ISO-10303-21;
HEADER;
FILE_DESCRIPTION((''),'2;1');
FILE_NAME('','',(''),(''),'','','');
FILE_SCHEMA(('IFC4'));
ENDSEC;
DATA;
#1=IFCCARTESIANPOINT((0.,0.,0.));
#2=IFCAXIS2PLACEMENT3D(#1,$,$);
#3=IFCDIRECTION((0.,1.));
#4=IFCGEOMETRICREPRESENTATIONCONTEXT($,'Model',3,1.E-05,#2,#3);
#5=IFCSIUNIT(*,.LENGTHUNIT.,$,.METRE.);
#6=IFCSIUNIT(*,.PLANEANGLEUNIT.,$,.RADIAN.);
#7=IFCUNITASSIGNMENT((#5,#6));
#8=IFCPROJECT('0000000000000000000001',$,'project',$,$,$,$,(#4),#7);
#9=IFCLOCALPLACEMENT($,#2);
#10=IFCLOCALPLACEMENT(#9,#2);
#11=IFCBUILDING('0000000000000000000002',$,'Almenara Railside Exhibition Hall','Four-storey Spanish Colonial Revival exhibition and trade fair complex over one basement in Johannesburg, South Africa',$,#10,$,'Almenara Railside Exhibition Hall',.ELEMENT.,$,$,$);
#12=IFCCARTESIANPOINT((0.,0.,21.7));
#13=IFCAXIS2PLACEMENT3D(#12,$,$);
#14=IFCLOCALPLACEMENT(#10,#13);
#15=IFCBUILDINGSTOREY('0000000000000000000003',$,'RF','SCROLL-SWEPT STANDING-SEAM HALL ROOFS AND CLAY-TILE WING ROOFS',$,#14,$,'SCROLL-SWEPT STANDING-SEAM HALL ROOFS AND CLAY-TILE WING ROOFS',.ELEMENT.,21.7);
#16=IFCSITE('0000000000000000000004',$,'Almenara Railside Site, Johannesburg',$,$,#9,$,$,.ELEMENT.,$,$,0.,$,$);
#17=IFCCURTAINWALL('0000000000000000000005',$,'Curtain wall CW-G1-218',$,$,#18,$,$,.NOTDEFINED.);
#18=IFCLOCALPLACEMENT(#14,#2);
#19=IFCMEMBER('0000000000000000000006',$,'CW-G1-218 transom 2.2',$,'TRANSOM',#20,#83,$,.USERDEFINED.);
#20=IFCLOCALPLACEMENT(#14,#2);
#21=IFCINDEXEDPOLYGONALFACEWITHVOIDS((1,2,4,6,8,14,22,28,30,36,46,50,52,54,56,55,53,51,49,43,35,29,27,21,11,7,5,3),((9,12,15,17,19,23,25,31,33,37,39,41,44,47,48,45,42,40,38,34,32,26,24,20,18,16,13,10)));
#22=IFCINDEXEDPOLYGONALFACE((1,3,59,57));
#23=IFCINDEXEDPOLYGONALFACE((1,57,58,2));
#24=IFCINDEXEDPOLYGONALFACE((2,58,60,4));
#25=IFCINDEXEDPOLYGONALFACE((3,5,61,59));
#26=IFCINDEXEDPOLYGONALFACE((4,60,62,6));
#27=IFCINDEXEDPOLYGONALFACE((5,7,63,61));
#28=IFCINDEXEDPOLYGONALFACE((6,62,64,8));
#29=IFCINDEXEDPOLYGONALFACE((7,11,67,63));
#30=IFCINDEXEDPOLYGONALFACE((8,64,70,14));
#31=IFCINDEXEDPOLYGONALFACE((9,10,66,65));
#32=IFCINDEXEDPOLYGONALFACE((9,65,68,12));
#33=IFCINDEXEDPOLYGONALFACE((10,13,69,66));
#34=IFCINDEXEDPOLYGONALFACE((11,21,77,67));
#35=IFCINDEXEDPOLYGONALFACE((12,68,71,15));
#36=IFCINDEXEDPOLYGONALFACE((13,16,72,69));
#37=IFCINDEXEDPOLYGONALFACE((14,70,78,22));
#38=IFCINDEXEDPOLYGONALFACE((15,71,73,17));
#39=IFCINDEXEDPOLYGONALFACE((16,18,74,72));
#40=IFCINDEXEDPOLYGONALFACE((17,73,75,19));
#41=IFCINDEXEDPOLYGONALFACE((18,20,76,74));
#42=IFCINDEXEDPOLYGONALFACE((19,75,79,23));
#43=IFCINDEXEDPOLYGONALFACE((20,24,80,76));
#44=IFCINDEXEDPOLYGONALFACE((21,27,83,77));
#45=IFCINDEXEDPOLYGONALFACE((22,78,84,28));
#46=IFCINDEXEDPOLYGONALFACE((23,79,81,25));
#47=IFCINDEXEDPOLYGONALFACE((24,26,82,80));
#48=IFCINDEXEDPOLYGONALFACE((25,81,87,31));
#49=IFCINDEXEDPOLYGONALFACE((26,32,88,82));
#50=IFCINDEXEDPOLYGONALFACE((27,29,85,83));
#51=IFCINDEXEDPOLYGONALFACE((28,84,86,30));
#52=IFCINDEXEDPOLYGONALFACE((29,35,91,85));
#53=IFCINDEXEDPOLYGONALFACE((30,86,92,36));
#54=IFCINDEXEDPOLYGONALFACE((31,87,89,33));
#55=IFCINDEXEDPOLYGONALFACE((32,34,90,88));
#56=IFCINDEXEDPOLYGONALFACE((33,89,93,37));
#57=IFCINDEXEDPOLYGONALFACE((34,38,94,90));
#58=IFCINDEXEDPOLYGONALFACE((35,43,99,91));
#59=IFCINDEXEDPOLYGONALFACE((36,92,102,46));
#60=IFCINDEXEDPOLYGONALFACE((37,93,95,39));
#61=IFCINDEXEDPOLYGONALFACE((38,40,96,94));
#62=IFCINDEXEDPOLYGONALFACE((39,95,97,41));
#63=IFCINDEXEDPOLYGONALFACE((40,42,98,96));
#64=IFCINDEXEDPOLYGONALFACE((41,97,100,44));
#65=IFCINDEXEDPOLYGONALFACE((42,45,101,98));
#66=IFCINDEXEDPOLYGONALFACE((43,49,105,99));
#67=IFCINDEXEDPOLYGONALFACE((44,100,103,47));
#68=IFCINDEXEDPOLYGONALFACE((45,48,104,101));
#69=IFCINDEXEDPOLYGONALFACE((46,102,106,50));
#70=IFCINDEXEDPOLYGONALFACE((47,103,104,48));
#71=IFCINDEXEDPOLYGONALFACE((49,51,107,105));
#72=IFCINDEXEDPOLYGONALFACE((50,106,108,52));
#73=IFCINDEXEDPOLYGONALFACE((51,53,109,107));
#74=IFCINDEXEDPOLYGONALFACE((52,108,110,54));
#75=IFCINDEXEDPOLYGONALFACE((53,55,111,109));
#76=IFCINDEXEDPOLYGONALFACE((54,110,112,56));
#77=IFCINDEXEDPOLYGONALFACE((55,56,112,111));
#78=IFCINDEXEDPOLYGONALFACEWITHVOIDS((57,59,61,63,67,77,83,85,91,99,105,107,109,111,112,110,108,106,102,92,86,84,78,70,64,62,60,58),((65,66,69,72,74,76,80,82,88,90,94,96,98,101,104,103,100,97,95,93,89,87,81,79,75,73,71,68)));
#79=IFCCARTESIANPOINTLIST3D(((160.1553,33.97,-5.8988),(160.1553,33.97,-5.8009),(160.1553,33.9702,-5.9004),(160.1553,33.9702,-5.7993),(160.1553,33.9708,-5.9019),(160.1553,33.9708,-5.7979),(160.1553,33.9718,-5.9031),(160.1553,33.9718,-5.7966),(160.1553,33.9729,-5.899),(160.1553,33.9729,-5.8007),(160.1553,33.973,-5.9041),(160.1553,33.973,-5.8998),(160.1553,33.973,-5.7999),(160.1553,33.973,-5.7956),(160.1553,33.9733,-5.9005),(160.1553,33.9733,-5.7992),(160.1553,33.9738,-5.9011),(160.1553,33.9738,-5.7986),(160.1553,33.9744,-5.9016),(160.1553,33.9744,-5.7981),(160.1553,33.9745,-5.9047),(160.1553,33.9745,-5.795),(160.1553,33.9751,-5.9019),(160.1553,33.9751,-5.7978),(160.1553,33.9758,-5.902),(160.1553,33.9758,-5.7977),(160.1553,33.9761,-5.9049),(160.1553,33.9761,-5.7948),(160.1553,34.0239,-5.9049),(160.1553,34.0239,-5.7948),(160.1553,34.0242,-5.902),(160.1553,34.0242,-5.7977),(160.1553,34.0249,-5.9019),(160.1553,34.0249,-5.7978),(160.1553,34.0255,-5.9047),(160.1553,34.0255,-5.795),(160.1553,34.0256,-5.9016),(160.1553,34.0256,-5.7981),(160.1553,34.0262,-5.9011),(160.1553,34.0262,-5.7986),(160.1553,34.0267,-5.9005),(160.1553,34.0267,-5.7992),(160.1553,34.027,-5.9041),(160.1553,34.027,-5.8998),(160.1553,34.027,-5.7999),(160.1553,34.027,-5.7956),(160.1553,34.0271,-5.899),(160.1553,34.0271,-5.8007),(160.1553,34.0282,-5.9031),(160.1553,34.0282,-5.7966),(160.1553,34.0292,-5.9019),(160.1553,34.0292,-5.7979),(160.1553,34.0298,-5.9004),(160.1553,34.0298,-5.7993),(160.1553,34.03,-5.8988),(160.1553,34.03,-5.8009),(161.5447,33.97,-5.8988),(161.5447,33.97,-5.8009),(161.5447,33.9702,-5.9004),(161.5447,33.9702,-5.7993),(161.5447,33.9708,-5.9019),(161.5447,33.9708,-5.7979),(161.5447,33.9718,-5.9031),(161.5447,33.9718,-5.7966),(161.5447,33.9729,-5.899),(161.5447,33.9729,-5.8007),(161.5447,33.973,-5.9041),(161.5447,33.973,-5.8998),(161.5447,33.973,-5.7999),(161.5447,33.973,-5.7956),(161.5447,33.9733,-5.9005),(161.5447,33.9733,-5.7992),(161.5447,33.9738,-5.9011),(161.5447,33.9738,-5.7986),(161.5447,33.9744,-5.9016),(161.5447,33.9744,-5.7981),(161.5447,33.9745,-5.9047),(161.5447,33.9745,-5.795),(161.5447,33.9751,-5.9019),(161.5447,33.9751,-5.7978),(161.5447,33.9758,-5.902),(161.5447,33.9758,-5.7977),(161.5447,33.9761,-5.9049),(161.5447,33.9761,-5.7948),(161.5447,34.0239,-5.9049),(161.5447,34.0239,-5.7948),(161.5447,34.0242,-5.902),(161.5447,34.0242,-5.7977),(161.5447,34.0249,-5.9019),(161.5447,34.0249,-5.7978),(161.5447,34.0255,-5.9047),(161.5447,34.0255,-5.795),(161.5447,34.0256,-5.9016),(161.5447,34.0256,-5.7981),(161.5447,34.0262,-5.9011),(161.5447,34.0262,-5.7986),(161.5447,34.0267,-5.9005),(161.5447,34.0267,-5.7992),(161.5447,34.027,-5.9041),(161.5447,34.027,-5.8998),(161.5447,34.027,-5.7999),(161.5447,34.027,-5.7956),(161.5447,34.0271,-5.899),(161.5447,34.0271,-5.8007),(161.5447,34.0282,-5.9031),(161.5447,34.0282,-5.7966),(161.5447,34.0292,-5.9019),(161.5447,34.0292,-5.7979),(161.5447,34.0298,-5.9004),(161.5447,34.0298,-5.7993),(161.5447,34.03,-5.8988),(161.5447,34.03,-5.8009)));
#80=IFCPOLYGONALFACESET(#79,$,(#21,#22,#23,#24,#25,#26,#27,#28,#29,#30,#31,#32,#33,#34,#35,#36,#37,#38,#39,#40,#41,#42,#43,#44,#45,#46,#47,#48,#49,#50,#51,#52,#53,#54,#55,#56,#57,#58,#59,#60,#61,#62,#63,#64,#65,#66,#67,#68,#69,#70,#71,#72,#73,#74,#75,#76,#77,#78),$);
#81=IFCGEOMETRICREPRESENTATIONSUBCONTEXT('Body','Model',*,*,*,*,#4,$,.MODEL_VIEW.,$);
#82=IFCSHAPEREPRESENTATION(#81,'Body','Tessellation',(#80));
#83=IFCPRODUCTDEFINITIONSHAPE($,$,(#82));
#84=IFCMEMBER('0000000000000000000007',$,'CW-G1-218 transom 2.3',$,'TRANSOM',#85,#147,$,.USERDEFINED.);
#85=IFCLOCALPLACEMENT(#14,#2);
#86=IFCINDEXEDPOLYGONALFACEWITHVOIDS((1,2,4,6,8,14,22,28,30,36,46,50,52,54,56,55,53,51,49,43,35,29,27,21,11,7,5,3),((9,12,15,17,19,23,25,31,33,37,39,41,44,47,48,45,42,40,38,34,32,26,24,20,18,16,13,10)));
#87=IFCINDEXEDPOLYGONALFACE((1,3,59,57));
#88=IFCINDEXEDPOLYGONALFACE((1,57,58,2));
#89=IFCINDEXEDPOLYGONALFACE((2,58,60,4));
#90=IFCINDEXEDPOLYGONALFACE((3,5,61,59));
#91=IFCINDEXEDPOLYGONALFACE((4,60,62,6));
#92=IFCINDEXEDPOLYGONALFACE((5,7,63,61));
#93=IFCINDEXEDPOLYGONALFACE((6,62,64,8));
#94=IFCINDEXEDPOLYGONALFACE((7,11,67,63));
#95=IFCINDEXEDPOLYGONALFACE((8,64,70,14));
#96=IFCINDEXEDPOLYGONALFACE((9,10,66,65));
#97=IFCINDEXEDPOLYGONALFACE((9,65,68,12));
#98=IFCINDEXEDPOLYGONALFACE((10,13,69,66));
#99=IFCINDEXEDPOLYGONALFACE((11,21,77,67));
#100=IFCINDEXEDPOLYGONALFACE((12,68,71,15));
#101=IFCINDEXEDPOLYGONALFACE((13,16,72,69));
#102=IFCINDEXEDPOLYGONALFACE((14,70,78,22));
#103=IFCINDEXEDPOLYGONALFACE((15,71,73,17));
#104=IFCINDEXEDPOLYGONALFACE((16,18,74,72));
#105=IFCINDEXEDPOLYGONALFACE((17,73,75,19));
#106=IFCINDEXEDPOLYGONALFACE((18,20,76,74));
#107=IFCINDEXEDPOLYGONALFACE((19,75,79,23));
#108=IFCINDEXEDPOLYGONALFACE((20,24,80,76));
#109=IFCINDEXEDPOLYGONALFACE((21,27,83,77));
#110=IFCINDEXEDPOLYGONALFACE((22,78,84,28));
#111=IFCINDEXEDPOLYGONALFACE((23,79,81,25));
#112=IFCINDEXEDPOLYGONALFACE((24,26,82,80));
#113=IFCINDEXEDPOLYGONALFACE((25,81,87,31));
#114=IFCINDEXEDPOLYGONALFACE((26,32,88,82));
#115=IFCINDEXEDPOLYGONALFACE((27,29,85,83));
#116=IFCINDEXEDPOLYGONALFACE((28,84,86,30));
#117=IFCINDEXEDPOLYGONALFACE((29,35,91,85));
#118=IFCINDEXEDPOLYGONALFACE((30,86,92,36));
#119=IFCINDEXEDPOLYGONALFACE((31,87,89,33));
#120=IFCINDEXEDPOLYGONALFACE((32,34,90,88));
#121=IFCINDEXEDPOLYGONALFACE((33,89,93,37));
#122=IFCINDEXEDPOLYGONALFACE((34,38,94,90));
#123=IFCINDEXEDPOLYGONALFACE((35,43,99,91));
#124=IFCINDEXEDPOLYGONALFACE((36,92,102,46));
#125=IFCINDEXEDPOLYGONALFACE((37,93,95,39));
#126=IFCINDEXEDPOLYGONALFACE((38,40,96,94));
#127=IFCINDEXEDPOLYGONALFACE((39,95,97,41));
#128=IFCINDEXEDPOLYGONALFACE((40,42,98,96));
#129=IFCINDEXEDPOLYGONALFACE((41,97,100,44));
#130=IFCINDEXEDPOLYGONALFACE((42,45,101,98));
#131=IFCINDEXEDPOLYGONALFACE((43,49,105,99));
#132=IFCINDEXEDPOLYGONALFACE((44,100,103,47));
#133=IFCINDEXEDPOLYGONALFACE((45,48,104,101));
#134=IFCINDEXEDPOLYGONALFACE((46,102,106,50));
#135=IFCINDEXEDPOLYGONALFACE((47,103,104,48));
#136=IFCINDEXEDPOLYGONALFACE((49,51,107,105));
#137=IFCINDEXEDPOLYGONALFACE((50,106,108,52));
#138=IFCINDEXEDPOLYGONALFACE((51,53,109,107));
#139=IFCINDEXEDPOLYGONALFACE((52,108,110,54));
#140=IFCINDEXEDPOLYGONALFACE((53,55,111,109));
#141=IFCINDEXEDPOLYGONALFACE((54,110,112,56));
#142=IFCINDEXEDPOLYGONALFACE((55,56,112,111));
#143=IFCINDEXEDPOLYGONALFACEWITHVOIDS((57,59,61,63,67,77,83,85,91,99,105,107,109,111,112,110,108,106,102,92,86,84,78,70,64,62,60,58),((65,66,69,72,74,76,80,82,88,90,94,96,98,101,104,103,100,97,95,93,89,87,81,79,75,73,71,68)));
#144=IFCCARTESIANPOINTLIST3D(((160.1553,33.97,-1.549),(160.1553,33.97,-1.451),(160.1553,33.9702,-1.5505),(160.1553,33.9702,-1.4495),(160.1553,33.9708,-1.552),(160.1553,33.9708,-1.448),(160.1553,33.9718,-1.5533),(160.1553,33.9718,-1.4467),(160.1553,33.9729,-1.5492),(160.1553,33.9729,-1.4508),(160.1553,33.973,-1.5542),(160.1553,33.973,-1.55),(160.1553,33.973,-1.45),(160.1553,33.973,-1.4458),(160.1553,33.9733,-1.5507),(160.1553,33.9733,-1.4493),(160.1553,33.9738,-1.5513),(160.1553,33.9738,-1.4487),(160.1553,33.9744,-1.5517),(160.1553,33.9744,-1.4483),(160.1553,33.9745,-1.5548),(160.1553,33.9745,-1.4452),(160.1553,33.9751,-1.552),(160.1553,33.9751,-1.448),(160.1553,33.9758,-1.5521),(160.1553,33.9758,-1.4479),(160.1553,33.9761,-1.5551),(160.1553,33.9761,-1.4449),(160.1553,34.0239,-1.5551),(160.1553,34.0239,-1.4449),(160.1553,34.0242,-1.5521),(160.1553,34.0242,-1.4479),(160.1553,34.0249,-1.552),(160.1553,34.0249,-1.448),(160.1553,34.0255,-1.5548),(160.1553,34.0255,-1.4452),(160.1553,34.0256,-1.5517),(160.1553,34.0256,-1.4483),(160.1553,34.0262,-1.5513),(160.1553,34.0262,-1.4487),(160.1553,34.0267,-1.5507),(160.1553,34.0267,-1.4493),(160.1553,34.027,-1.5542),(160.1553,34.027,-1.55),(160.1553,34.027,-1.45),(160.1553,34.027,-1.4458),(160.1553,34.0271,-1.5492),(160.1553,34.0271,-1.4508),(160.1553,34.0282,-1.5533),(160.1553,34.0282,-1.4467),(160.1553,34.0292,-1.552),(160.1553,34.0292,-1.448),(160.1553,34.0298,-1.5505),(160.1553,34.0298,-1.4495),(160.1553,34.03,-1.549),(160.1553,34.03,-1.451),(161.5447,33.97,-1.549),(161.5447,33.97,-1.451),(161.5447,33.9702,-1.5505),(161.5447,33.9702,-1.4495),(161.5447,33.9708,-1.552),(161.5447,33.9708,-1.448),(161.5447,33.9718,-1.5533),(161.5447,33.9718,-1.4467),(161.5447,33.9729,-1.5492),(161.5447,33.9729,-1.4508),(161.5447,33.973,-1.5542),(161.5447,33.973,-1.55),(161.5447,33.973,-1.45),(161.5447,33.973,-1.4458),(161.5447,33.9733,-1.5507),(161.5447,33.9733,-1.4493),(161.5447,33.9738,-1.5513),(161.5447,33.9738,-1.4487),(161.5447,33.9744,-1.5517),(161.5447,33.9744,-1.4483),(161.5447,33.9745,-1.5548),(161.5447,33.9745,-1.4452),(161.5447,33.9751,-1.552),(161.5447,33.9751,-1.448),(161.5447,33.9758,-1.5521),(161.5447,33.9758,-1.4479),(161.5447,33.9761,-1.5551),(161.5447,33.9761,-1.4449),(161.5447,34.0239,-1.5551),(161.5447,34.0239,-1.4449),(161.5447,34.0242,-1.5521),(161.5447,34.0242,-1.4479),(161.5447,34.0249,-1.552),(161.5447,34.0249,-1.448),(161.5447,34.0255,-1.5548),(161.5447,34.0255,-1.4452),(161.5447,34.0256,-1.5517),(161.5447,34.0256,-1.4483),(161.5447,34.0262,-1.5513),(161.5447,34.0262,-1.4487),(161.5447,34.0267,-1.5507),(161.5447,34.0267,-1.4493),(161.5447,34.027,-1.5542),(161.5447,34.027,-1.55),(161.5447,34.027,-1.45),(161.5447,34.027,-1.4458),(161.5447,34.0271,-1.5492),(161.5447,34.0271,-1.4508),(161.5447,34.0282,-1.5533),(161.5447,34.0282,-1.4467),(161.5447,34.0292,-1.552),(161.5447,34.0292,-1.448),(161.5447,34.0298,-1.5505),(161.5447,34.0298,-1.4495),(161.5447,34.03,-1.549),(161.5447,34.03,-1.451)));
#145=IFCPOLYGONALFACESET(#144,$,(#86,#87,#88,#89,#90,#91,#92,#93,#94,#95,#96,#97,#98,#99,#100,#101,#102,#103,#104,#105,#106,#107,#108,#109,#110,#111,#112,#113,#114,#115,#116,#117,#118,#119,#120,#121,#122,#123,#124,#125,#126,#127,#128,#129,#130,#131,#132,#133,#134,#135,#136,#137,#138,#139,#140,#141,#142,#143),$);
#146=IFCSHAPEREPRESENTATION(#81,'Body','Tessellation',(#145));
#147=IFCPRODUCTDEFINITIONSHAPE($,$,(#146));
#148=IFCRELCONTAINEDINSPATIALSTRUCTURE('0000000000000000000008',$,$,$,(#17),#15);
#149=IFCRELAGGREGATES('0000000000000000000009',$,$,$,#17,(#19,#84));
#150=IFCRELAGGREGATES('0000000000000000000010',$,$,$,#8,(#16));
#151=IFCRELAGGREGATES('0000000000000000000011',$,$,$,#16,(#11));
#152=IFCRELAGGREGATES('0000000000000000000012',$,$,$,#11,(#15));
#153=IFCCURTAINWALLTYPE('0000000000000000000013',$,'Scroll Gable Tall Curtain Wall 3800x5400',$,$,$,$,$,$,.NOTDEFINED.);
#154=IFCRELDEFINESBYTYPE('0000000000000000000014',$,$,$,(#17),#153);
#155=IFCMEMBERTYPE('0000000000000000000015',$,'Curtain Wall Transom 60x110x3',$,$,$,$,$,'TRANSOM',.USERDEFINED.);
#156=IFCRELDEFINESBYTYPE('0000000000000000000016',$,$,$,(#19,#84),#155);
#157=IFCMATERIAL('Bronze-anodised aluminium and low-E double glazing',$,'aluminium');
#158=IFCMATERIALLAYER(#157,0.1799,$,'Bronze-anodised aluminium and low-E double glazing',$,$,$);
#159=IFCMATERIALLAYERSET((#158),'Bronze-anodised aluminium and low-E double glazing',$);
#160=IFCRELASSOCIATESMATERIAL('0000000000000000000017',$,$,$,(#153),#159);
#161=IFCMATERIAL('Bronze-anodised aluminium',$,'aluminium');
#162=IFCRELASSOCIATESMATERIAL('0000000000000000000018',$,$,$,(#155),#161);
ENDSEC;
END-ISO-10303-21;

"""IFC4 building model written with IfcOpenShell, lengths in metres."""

from ifc_helpers import new_model, si_unit, direction, frame, origin, origin_2d, place, context, subcontext, project, spatial, hollow_rectangle, extrude, material, layer, layer_set, material_profile, profile_set, type_object, element, aggregate, save


model = new_model("IFC4")

# Units and contexts
model_context = context("Model", 3, precision=1e-05, world=origin(), true_north=direction((0.0, 1.0)))
body_context = subcontext(model_context, "Body", "Model", "MODEL_VIEW")
ifc_project = project(units=[si_unit("LENGTHUNIT", "METRE"), si_unit("PLANEANGLEUNIT", "RADIAN")], contexts=[model_context])

# Site, building, storey
site_placement = place(None, origin())
site = spatial("IfcSite", under=ifc_project, at=site_placement, Name="Almenara Railside Site, Johannesburg", CompositionType="ELEMENT", RefElevation=0.0)
building_placement = place(site_placement, origin())
building = spatial("IfcBuilding", under=site, at=building_placement, Name="Almenara Railside Exhibition Hall", Description="Four-storey Spanish Colonial Revival exhibition and trade fair complex over one basement in Johannesburg, South Africa", LongName="Almenara Railside Exhibition Hall", CompositionType="ELEMENT")
storey_placement = place(building_placement, frame((0.0, 0.0, 21.7)))
storey = spatial("IfcBuildingStorey", under=building, at=storey_placement, Name="RF", Description="SCROLL-SWEPT STANDING-SEAM HALL ROOFS AND CLAY-TILE WING ROOFS", LongName="SCROLL-SWEPT STANDING-SEAM HALL ROOFS AND CLAY-TILE WING ROOFS", CompositionType="ELEMENT", Elevation=21.7)

# Curtain wall
ifc_material_1 = material(Name="Bronze-anodised aluminium and low-E double glazing", Category="aluminium")
ifc_layer_1 = layer(ifc_material_1, 0.1799, Name="Bronze-anodised aluminium and low-E double glazing")
ifc_layer_set_1 = layer_set([ifc_layer_1], Name="Bronze-anodised aluminium and low-E double glazing")
curtain_wall_type = type_object("IfcCurtainWallType", Name="Scroll Gable Tall Curtain Wall 3800x5400", PredefinedType="NOTDEFINED", material=ifc_layer_set_1)
curtain_wall_1_placement = place(storey_placement, origin())
curtain_wall_1 = element("IfcCurtainWall", 1, at=curtain_wall_1_placement, inside=storey, type_object=curtain_wall_type, Name="Curtain wall CW-G1-218", PredefinedType="NOTDEFINED")
ifc_material_2 = material(Name="Bronze-anodised aluminium", Category="aluminium")

# Members
ifc_material_profile_1 = material_profile(ifc_material_2, hollow_rectangle(XDim=0.0601, YDim=0.1101, WallThickness=0.0029, InnerFilletRadius=0.0029, OuterFilletRadius=0.0061, at=origin_2d()), Name="ALU-TRN 60x110x3")
ifc_profile_set_1 = profile_set([ifc_material_profile_1], Name="Bronze-anodised aluminium")
member_type_1 = type_object("IfcMemberType", Name="Curtain Wall Transom 60x110x3", ElementType="TRANSOM", PredefinedType="USERDEFINED", material=ifc_profile_set_1)
member_1_placement = place(storey_placement, frame((160.1553, 34.0, -5.8499), z_axis=(1.0, 0.0, 0.0), x_axis=(0.0, 1.0, 0.0)))
member_1 = element("IfcMember", 2, at=member_1_placement, type_object=member_type_1, Name="CW-G1-218 transom 2.2", ObjectType="TRANSOM", PredefinedType="USERDEFINED", context=body_context, shape_type="SweptSolid", body=[
    extrude(hollow_rectangle(XDim=0.0601, YDim=0.1101, WallThickness=0.0029, InnerFilletRadius=0.0029, OuterFilletRadius=0.0061, at=origin_2d()), origin(), (0.0, 0.0, 1.0), 1.3894),
])
member_2_placement = place(storey_placement, frame((160.1553, 34.0, -1.5), z_axis=(1.0, 0.0, 0.0), x_axis=(0.0, 1.0, 0.0)))
member_2 = element("IfcMember", 3, at=member_2_placement, type_object=member_type_1, Name="CW-G1-218 transom 2.3", ObjectType="TRANSOM", PredefinedType="USERDEFINED", context=body_context, shape_type="SweptSolid", body=[
    extrude(hollow_rectangle(XDim=0.0601, YDim=0.1101, WallThickness=0.0029, InnerFilletRadius=0.0029, OuterFilletRadius=0.0061, at=origin_2d()), origin(), (0.0, 0.0, 1.0), 1.3894),
])

aggregate(curtain_wall_1, [member_1, member_2])

save(model, "model.ifc")
